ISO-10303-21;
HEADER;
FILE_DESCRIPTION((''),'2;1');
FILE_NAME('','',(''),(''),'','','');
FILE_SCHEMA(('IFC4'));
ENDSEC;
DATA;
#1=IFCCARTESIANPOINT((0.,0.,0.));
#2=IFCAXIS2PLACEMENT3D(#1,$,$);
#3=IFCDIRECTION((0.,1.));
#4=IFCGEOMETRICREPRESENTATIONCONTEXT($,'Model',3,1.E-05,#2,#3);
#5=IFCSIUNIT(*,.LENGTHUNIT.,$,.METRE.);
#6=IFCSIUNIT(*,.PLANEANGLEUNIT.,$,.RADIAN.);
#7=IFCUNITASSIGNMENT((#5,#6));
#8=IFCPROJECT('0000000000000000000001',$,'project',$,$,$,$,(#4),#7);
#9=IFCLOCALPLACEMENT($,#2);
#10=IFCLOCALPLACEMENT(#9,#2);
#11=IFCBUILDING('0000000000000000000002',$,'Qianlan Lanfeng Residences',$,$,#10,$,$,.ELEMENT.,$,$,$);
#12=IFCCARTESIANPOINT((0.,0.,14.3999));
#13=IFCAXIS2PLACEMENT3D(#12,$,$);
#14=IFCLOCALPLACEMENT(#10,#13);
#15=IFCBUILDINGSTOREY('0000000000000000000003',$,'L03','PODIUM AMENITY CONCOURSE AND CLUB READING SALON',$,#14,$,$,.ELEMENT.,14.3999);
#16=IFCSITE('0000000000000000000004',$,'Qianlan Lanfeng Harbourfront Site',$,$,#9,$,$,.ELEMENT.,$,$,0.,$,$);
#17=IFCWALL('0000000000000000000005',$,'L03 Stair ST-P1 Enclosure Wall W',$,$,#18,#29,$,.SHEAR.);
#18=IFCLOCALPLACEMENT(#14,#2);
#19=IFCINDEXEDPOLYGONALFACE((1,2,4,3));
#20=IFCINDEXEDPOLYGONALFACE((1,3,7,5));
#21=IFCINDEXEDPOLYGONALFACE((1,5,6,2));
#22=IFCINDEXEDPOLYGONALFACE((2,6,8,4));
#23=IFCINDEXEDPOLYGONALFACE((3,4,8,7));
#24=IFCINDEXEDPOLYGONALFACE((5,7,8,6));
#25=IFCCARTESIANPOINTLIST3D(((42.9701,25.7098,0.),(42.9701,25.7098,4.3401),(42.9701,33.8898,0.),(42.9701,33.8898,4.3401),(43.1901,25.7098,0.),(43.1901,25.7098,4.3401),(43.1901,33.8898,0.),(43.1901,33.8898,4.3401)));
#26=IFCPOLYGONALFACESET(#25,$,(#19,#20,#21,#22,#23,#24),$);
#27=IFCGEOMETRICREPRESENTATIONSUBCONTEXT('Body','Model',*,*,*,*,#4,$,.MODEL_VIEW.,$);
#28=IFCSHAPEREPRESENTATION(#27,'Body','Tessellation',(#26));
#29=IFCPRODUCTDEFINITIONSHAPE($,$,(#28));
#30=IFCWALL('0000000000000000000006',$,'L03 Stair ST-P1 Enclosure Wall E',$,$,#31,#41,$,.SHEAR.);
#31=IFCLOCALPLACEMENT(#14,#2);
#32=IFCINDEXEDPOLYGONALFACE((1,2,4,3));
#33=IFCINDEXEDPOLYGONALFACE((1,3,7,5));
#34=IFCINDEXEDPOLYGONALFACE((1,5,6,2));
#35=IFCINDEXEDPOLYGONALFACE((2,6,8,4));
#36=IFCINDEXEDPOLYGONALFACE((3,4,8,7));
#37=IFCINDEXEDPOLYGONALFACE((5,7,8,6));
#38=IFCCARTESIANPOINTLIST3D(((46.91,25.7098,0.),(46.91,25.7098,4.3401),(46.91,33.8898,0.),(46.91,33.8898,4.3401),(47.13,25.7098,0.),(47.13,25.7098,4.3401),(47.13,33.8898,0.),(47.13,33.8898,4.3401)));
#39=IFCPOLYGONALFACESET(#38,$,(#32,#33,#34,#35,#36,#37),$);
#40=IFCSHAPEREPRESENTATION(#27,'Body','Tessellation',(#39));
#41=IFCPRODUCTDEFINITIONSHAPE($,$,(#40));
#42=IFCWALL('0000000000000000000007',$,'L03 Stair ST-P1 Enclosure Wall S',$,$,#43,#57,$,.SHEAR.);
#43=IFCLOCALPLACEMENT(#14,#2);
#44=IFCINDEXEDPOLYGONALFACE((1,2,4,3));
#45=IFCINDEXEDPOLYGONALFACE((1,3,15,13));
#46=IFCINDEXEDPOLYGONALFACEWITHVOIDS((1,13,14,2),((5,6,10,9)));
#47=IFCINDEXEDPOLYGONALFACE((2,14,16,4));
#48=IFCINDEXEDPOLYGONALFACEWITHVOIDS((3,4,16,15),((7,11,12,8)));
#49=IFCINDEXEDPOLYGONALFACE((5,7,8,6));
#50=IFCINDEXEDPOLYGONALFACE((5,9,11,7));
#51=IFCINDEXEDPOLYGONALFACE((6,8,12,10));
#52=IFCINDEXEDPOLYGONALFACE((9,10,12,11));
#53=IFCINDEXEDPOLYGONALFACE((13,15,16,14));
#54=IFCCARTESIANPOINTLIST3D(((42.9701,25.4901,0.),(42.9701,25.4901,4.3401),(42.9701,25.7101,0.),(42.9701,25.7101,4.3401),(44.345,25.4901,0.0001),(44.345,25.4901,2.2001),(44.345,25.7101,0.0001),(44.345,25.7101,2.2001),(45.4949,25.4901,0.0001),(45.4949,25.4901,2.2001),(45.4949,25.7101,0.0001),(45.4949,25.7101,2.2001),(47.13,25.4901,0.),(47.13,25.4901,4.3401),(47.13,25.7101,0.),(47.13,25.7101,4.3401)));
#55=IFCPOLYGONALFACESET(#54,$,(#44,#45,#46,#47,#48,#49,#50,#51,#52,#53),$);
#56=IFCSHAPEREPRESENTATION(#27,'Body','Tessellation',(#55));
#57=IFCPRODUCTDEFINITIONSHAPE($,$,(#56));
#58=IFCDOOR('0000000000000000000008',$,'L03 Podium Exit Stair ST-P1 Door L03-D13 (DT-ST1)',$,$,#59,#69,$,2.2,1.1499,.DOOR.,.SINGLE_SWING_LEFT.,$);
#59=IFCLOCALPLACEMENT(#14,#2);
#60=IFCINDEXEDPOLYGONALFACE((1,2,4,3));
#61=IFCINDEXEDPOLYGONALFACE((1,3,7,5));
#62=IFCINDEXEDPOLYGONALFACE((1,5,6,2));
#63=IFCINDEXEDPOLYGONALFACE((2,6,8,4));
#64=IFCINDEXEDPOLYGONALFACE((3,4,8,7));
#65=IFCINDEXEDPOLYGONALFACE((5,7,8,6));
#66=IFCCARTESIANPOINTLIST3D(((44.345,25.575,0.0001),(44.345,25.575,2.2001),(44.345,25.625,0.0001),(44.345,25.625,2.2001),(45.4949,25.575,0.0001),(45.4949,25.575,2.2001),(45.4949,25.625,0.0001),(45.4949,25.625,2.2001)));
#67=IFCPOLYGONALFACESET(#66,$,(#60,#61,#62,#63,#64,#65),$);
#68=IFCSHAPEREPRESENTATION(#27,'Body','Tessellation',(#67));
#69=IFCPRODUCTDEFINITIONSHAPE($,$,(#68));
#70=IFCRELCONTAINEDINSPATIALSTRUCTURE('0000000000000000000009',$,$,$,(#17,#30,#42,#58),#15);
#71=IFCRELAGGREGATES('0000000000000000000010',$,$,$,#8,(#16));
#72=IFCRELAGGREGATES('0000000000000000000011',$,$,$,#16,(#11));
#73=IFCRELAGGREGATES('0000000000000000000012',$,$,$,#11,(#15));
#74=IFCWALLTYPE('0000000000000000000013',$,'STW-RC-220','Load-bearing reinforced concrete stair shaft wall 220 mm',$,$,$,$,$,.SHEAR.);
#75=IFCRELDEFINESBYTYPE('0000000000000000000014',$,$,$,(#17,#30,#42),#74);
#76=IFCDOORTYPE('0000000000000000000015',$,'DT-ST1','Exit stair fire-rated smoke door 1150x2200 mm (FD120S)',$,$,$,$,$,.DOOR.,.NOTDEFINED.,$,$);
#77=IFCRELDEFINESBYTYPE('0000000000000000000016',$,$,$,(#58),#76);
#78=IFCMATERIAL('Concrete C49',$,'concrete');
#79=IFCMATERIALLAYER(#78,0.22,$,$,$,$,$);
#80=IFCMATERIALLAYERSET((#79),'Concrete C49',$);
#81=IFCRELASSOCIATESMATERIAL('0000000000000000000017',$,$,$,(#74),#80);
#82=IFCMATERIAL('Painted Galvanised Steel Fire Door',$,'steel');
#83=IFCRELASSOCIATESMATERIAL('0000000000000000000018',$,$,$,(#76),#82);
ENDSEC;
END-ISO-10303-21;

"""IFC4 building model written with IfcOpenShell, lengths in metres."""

from ifc_helpers import new_model, si_unit, direction, frame, frame_2d, origin, place, context, subcontext, project, spatial, rectangle, extrude, material, layer, layer_set, type_object, element, fill, save


model = new_model("IFC4")

# Units and contexts
model_context = context("Model", 3, precision=1e-05, world=origin(), true_north=direction((0.0, 1.0)))
body_context = subcontext(model_context, "Body", "Model", "MODEL_VIEW")
ifc_project = project(units=[si_unit("LENGTHUNIT", "METRE"), si_unit("PLANEANGLEUNIT", "RADIAN")], contexts=[model_context])

# Site, building, storey
site_placement = place(None, origin())
site = spatial("IfcSite", under=ifc_project, at=site_placement, Name="Qianlan Lanfeng Harbourfront Site", CompositionType="ELEMENT", RefElevation=0.0)
building_placement = place(site_placement, origin())
building = spatial("IfcBuilding", under=site, at=building_placement, Name="Qianlan Lanfeng Residences", CompositionType="ELEMENT")
storey_placement = place(building_placement, frame((0.0, 0.0, 14.3999)))
storey = spatial("IfcBuildingStorey", under=building, at=storey_placement, Name="L03", Description="PODIUM AMENITY CONCOURSE AND CLUB READING SALON", CompositionType="ELEMENT", Elevation=14.3999)

# Walls
ifc_material_1 = material(Name="Concrete C49", Category="concrete")
ifc_layer_1 = layer(ifc_material_1, 0.22)
ifc_layer_set_1 = layer_set([ifc_layer_1], Name="Concrete C49")
wall_type_1 = type_object("IfcWallType", Name="STW-RC-220", Description="Load-bearing reinforced concrete stair shaft wall 220 mm", PredefinedType="SHEAR", material=ifc_layer_set_1)
for number, where, z_axis, x_axis, name in (
    (1, (43.0801, 25.71, 0.0), (0.0, 0.0, 1.0), (0.0, 1.0, 0.0), "L03 Stair ST-P1 Enclosure Wall W"),
    (2, (47.02, 25.71, 0.0), (0.0, 0.0, 1.0), (0.0, 1.0, 0.0), "L03 Stair ST-P1 Enclosure Wall E"),
):
    element("IfcWall", number, at=place(storey_placement, frame(where, z_axis=z_axis, x_axis=x_axis)), inside=storey, type_object=wall_type_1, Name=name, PredefinedType="SHEAR", context=body_context, shape_type="SweptSolid", body=[
        extrude(rectangle(XDim=8.1799, YDim=0.22, at=frame_2d((4.0898, 0.0))), origin(), (0.0, 0.0, 1.0), 4.3401),
    ])

# Wall, opening, door
wall_1_placement = place(storey_placement, frame((42.97, 25.6001, 0.0), z_axis=(0.0, 0.0, 1.0), x_axis=(1.0, 0.0, 0.0)))
wall_1 = element("IfcWall", 3, at=wall_1_placement, inside=storey, type_object=wall_type_1, Name="L03 Stair ST-P1 Enclosure Wall S", PredefinedType="SHEAR", context=body_context, shape_type="SweptSolid", body=[
    extrude(rectangle(XDim=4.1599, YDim=0.22, at=frame_2d((2.0801, 0.0))), origin(), (0.0, 0.0, 1.0), 4.3401),
])
opening_1_placement = place(wall_1_placement, frame((1.375, 0.0, 0.0)))
opening_1 = element("IfcOpeningElement", 4, at=opening_1_placement, cuts=wall_1, PredefinedType="OPENING", context=body_context, shape_type="SweptSolid", body=[
    extrude(rectangle(XDim=1.1499, YDim=2.2, at=frame_2d((0.575, 1.1001))), frame((0.0, 0.1201, 0.0), z_axis=(0.0, -1.0, 0.0), x_axis=(1.0, 0.0, 0.0)), (0.0, 0.0, 1.0), 0.24),
])
ifc_material_2 = material(Name="Painted Galvanised Steel Fire Door", Category="steel")
door_type_1 = type_object("IfcDoorType", Name="DT-ST1", Description="Exit stair fire-rated smoke door 1150x2200 mm (FD120S)", OperationType="NOTDEFINED", PredefinedType="DOOR", material=ifc_material_2)
door_1_placement = place(opening_1_placement, origin())
door_1 = element("IfcDoor", 5, at=door_1_placement, inside=storey, type_object=door_type_1, Name="L03 Podium Exit Stair ST-P1 Door L03-D13 (DT-ST1)", OperationType="SINGLE_SWING_LEFT", OverallHeight=2.2, OverallWidth=1.1499, PredefinedType="DOOR", context=body_context, shape_type="SweptSolid", body=[
    extrude(rectangle(XDim=1.1499, YDim=2.2, at=frame_2d((0.575, 1.1001))), frame((0.0, 0.0249, 0.0), z_axis=(0.0, -1.0, 0.0), x_axis=(1.0, 0.0, 0.0)), (0.0, 0.0, 1.0), 0.05),
])
fill(opening_1, door_1)

save(model, "model.ifc")
